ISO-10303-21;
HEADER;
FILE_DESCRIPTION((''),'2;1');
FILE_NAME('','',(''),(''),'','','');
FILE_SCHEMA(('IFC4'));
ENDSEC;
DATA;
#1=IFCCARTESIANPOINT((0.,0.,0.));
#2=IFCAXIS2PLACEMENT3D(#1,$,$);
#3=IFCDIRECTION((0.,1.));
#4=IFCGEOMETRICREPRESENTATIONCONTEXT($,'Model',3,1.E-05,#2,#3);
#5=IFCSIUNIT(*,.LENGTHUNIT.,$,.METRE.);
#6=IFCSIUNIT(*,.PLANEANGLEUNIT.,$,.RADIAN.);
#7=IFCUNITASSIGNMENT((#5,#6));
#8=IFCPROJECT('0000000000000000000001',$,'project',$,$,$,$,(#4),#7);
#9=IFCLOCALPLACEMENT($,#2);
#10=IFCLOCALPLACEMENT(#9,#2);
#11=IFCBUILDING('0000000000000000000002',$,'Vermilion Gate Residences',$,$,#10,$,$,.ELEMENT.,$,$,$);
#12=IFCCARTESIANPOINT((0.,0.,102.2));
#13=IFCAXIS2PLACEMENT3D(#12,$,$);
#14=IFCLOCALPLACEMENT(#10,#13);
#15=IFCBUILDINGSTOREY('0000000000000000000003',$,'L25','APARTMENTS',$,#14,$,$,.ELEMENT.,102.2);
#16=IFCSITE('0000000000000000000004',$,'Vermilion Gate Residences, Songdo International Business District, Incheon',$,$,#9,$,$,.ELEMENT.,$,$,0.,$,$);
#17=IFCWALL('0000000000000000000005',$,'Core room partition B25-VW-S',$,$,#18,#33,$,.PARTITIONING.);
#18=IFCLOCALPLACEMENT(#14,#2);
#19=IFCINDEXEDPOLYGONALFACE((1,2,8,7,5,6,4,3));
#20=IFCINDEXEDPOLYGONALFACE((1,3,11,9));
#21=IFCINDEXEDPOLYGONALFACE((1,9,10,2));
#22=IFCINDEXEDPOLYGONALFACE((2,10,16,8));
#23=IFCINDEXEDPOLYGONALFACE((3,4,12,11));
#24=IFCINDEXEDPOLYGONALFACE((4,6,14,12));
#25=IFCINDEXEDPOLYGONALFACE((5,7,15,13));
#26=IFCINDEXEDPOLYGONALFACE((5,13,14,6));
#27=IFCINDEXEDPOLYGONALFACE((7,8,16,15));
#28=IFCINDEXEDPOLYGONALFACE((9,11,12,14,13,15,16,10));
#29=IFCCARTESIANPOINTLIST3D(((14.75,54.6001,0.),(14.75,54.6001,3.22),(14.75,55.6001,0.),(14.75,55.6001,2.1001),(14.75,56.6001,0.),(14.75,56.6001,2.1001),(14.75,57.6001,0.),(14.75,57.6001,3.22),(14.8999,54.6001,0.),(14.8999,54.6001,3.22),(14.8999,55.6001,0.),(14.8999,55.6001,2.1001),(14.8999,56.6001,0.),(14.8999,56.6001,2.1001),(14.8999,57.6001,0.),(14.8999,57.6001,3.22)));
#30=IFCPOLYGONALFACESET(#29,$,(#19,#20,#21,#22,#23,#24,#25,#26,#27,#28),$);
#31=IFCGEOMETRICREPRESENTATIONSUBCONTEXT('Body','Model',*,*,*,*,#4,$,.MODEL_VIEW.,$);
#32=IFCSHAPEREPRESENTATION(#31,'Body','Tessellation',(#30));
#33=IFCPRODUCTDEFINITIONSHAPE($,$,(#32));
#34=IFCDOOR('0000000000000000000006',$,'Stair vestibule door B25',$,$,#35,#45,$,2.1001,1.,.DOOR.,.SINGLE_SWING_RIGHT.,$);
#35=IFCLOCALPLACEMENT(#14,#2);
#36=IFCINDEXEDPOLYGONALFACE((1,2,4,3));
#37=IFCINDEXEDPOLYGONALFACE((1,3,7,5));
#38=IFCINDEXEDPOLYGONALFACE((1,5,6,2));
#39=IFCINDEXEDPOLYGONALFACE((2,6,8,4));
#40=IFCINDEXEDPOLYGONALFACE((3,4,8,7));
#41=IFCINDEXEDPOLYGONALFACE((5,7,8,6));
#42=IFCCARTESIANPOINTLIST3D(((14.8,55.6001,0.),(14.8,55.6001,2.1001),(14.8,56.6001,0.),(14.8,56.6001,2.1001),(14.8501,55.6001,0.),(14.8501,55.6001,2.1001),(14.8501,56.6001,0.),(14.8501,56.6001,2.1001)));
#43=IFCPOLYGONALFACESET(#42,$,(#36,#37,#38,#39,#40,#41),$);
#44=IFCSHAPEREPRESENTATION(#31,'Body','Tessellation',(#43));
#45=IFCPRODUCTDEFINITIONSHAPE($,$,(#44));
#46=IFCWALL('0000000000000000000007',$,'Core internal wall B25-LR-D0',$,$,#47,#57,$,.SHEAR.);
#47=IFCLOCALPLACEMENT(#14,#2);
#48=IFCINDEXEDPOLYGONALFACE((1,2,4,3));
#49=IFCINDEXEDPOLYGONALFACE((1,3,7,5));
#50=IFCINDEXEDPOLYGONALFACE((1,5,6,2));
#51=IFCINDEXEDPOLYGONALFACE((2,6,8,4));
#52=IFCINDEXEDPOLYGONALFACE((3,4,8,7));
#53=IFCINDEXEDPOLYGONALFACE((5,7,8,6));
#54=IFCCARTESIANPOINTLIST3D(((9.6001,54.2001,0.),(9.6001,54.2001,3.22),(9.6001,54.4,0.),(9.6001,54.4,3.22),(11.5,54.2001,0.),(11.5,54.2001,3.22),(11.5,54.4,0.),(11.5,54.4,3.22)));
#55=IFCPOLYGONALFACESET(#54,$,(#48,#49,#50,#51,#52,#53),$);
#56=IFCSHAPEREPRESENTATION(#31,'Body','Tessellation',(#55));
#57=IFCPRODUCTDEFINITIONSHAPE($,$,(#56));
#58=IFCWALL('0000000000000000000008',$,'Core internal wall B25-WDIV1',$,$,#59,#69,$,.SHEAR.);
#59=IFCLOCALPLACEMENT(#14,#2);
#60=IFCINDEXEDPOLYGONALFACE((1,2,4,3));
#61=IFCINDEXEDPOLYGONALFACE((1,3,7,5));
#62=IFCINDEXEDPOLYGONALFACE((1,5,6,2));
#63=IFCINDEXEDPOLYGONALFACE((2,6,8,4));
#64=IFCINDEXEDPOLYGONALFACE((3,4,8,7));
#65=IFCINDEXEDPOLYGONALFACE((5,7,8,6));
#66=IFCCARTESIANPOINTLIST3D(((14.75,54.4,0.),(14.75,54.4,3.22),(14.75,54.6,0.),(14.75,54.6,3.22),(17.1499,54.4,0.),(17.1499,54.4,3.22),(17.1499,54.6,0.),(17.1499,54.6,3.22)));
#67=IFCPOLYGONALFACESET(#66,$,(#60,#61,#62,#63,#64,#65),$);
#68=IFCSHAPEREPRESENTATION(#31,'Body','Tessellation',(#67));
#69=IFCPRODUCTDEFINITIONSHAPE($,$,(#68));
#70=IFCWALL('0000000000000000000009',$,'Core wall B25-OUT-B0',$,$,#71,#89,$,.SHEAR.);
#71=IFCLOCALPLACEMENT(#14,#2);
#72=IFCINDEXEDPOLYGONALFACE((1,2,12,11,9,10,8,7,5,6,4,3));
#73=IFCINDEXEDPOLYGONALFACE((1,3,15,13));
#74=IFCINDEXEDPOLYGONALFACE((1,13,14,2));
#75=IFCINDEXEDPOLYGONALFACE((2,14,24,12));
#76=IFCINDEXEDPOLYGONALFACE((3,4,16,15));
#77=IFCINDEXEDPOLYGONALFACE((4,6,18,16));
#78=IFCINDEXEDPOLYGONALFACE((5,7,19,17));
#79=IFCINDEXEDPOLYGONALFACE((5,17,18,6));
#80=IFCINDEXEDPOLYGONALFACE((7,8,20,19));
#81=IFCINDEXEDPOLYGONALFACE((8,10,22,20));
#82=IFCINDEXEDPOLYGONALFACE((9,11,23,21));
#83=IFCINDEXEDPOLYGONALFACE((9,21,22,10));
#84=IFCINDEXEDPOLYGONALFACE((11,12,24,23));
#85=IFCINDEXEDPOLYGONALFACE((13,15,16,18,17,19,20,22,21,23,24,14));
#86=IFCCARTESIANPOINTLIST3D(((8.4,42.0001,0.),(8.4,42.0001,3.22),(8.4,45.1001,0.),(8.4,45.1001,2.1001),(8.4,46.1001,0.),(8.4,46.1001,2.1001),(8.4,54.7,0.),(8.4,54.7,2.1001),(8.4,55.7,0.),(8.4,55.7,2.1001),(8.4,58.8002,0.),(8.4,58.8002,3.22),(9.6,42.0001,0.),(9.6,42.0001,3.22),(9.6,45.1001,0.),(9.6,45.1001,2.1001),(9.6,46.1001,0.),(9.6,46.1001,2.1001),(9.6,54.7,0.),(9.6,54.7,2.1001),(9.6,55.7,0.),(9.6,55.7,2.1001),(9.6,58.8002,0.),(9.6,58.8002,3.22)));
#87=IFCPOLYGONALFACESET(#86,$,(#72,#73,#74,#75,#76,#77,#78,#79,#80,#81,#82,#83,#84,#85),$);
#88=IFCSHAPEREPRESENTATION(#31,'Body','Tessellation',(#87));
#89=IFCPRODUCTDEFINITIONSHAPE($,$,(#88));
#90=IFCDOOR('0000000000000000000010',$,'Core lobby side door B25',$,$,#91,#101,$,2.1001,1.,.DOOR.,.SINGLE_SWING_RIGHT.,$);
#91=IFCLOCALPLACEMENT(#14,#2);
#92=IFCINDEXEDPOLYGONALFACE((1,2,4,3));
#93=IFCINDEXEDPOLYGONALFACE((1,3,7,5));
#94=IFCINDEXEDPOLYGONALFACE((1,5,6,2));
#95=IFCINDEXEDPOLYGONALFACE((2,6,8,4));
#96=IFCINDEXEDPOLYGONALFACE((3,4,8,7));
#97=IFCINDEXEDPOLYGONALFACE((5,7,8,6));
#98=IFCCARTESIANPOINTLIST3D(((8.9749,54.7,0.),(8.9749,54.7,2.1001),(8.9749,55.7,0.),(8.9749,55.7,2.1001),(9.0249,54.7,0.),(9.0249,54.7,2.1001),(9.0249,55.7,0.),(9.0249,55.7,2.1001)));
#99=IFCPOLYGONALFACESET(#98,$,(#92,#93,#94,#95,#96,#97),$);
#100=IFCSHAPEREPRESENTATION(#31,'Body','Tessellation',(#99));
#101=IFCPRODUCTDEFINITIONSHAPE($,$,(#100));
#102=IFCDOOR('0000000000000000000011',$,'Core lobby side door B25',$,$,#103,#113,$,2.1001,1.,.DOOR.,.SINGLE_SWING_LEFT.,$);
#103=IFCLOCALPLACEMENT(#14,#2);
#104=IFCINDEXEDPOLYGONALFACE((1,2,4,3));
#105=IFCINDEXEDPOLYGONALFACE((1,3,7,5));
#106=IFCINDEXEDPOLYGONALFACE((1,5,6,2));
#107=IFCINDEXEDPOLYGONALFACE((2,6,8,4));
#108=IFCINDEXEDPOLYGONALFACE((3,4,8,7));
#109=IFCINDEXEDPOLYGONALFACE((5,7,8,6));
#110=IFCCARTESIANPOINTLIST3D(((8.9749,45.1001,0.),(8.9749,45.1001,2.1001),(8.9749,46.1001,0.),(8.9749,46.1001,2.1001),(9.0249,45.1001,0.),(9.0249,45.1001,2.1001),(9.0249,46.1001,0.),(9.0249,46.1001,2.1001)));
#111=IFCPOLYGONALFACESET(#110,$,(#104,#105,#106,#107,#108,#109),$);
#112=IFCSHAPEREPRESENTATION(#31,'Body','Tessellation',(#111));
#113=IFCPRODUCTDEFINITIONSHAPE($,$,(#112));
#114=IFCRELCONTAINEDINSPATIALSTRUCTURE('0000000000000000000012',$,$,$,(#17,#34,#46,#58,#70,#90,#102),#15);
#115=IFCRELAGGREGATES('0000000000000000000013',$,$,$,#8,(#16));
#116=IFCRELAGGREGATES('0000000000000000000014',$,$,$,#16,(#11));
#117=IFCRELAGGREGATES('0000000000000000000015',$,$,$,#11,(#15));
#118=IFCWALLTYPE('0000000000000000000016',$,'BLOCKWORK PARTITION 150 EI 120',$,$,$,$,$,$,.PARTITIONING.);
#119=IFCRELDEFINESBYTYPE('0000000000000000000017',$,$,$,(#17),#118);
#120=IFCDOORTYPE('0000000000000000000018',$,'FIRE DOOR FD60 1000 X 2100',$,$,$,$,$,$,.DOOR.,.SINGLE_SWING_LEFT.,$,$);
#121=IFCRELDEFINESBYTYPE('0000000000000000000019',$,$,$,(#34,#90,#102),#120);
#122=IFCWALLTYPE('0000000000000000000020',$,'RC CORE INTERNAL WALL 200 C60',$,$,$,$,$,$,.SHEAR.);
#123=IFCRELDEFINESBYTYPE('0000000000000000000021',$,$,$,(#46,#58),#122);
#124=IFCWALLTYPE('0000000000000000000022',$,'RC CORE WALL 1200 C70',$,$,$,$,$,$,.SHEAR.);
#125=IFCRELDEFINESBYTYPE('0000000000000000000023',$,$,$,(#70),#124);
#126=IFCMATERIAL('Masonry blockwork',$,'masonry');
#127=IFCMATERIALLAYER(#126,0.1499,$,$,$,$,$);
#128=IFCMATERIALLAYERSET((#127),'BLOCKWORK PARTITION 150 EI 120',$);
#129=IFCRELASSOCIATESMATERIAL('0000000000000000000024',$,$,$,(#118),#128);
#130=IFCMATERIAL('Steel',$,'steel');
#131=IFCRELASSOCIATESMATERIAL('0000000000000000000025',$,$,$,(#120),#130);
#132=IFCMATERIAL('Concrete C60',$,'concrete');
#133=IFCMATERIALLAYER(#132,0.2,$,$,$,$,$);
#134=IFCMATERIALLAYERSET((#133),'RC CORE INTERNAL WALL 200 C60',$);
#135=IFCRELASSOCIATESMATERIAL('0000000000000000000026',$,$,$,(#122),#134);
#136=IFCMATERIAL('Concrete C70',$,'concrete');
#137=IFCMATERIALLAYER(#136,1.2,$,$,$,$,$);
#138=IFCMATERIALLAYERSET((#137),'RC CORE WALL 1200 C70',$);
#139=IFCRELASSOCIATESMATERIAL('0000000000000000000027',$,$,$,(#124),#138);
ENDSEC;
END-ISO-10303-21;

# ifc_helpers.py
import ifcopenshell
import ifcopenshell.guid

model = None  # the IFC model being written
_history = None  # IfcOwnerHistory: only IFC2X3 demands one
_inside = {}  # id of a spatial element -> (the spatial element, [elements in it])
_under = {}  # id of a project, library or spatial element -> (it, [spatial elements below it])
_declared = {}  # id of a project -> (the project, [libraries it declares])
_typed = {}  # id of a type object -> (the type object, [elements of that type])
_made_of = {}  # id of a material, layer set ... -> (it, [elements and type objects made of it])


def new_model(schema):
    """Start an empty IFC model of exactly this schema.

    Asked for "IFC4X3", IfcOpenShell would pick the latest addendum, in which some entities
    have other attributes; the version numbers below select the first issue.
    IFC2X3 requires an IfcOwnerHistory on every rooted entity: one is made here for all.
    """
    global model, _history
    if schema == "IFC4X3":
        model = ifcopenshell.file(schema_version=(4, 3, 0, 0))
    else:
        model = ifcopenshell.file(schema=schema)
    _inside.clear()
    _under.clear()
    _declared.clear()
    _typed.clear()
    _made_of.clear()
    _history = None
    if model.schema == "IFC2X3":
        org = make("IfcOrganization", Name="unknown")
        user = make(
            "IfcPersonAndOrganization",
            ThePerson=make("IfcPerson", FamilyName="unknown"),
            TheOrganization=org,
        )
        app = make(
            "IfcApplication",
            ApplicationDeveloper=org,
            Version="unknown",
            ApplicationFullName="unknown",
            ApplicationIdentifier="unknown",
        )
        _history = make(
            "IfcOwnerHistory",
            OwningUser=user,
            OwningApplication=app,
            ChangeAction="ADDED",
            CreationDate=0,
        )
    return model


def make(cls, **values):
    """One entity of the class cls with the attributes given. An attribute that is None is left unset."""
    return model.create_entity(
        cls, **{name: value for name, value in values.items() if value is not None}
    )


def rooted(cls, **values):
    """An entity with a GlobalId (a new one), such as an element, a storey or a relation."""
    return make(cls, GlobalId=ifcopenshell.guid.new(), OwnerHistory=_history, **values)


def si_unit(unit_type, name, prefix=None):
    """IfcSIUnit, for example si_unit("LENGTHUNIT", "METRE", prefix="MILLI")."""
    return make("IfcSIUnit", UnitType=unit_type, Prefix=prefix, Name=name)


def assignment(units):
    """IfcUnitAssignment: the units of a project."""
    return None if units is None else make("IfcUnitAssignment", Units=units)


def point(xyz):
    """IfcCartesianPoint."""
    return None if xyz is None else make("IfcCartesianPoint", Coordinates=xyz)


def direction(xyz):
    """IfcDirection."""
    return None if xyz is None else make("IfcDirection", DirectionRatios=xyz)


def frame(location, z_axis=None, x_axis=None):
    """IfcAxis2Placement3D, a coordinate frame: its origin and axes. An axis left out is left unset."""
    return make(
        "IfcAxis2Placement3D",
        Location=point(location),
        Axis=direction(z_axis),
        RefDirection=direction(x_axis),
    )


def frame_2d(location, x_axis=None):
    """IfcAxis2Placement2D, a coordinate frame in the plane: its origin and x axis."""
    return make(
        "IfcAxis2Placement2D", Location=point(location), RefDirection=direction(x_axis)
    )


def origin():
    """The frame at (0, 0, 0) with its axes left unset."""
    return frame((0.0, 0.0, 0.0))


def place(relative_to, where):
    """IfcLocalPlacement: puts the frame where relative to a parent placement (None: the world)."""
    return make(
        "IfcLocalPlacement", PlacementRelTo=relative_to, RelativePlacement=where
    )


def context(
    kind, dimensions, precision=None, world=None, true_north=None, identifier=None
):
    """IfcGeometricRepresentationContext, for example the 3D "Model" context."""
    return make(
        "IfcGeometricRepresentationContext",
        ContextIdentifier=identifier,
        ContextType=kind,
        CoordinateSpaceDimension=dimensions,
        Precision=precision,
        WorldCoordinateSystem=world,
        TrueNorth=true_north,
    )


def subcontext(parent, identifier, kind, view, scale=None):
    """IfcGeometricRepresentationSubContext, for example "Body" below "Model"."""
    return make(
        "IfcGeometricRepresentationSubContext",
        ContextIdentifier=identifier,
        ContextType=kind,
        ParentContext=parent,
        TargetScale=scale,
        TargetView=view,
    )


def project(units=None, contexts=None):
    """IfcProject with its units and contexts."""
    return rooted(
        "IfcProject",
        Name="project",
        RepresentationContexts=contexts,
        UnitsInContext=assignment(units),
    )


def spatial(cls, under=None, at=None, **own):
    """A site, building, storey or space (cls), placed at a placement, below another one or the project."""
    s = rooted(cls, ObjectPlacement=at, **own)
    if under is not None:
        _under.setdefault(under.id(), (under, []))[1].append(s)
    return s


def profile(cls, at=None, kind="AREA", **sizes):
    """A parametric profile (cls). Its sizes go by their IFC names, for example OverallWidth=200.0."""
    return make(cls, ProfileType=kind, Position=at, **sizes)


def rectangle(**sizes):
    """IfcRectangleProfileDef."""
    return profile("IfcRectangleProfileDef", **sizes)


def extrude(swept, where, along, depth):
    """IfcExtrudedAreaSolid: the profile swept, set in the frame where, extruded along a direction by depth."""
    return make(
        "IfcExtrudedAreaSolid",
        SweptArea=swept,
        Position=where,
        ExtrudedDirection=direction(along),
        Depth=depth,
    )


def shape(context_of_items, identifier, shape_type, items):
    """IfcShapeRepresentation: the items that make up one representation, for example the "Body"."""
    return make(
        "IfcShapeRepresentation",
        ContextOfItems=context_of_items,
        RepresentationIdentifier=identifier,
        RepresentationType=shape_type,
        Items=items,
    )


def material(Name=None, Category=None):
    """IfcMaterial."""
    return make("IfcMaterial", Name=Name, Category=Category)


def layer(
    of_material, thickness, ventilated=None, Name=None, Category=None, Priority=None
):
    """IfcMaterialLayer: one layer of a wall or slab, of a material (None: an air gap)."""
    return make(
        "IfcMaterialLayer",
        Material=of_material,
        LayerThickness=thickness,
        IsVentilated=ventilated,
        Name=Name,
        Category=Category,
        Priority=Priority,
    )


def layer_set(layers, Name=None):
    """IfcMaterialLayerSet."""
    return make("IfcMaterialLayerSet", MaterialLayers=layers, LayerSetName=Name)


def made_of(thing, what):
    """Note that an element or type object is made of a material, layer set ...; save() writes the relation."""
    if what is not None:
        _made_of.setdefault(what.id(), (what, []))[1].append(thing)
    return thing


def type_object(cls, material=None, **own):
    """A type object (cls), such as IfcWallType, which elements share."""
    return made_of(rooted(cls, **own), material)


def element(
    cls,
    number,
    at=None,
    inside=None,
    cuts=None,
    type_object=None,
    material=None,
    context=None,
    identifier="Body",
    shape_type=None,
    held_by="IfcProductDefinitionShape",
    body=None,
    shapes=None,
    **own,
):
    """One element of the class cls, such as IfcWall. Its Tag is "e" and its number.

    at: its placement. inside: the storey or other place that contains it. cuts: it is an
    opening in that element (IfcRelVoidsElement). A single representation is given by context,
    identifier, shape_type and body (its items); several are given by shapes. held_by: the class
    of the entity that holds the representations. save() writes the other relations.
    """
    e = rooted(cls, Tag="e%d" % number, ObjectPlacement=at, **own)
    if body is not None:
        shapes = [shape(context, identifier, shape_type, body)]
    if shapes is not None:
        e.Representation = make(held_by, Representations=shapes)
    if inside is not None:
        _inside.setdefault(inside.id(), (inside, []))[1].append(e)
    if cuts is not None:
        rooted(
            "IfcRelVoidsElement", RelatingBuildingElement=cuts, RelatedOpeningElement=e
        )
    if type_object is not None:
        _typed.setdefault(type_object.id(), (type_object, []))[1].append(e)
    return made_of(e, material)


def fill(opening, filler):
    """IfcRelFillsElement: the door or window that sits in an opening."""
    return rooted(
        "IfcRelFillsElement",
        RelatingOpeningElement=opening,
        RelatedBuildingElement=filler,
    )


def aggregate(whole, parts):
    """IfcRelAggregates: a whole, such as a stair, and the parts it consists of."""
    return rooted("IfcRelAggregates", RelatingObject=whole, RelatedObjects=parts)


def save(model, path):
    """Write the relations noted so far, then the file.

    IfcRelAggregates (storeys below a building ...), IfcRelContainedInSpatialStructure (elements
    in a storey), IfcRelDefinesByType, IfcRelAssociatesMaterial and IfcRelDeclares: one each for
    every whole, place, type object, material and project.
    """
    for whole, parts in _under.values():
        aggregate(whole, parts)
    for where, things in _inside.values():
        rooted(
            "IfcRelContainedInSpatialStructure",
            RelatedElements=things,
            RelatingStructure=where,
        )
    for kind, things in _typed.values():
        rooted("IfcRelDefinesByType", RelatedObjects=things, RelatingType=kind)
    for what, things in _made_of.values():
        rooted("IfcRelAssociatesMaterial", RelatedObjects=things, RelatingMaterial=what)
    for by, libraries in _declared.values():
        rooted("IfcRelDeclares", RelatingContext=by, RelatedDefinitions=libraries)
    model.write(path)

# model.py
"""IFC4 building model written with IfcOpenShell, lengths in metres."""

from ifc_helpers import new_model, si_unit, direction, frame, frame_2d, origin, place, context, subcontext, project, spatial, rectangle, extrude, material, layer, layer_set, type_object, element, fill, save


model = new_model("IFC4")

# Units and contexts
model_context = context("Model", 3, precision=1e-05, world=origin(), true_north=direction((0.0, 1.0)))
body_context = subcontext(model_context, "Body", "Model", "MODEL_VIEW")
ifc_project = project(units=[si_unit("LENGTHUNIT", "METRE"), si_unit("PLANEANGLEUNIT", "RADIAN")], contexts=[model_context])

# Site, building, storey
site_placement = place(None, origin())
site = spatial("IfcSite", under=ifc_project, at=site_placement, Name="Vermilion Gate Residences, Songdo International Business District, Incheon", CompositionType="ELEMENT", RefElevation=0.0)
building_placement = place(site_placement, origin())
building = spatial("IfcBuilding", under=site, at=building_placement, Name="Vermilion Gate Residences", CompositionType="ELEMENT")
storey_placement = place(building_placement, frame((0.0, 0.0, 102.2)))
storey = spatial("IfcBuildingStorey", under=building, at=storey_placement, Name="L25", Description="APARTMENTS", CompositionType="ELEMENT", Elevation=102.2)

# Wall, opening, door
ifc_material_1 = material(Name="Masonry blockwork", Category="masonry")
ifc_layer_1 = layer(ifc_material_1, 0.1499)
ifc_layer_set_1 = layer_set([ifc_layer_1], Name="BLOCKWORK PARTITION 150 EI 120")
wall_type_1 = type_object("IfcWallType", Name="BLOCKWORK PARTITION 150 EI 120", PredefinedType="PARTITIONING", material=ifc_layer_set_1)
wall_1_placement = place(storey_placement, frame((14.825, 57.6001, 0.0), z_axis=(0.0, 0.0, 1.0), x_axis=(0.0, -1.0, 0.0)))
wall_1 = element("IfcWall", 1, at=wall_1_placement, inside=storey, type_object=wall_type_1, Name="Core room partition B25-VW-S", PredefinedType="PARTITIONING", context=body_context, shape_type="SweptSolid", body=[
    extrude(rectangle(XDim=3.0, YDim=0.1499, at=frame_2d((1.5, 0.0))), origin(), (0.0, 0.0, 1.0), 3.22),
])
opening_1_placement = place(wall_1_placement, frame((1.0, 0.0, 0.0)))
opening_1 = element("IfcOpeningElement", 2, at=opening_1_placement, cuts=wall_1, PredefinedType="OPENING", context=body_context, shape_type="SweptSolid", body=[
    extrude(rectangle(XDim=1.0, YDim=2.1001, at=frame_2d((0.5, 1.05))), frame((0.0, 0.085, 0.0), z_axis=(0.0, -1.0, 0.0), x_axis=(1.0, 0.0, 0.0)), (0.0, 0.0, 1.0), 0.1699),
])
ifc_material_2 = material(Name="Steel", Category="steel")
door_type_1 = type_object("IfcDoorType", Name="FIRE DOOR FD60 1000 X 2100", OperationType="SINGLE_SWING_LEFT", PredefinedType="DOOR", material=ifc_material_2)
door_1_placement = place(opening_1_placement, frame((1.0, 0.0, 0.0), z_axis=(0.0, 0.0, 1.0), x_axis=(-1.0, 0.0, 0.0)))
door_1 = element("IfcDoor", 3, at=door_1_placement, inside=storey, type_object=door_type_1, Name="Stair vestibule door B25", OperationType="SINGLE_SWING_RIGHT", OverallHeight=2.1001, OverallWidth=1.0, PredefinedType="DOOR", context=body_context, shape_type="SweptSolid", body=[
    extrude(rectangle(XDim=1.0, YDim=2.1001, at=frame_2d((0.5, 1.05))), frame((0.0, 0.0249, 0.0), z_axis=(0.0, -1.0, 0.0), x_axis=(1.0, 0.0, 0.0)), (0.0, 0.0, 1.0), 0.05),
])
fill(opening_1, door_1)

# Walls
ifc_material_3 = material(Name="Concrete C60", Category="concrete")
ifc_layer_2 = layer(ifc_material_3, 0.2)
ifc_layer_set_2 = layer_set([ifc_layer_2], Name="RC CORE INTERNAL WALL 200 C60")
wall_type_2 = type_object("IfcWallType", Name="RC CORE INTERNAL WALL 200 C60", PredefinedType="SHEAR", material=ifc_layer_set_2)
wall_2_placement = place(storey_placement, frame((9.6001, 54.3, 0.0), z_axis=(0.0, 0.0, 1.0), x_axis=(1.0, 0.0, 0.0)))
element("IfcWall", 4, at=wall_2_placement, inside=storey, type_object=wall_type_2, Name="Core internal wall B25-LR-D0", PredefinedType="SHEAR", context=body_context, shape_type="SweptSolid", body=[
    extrude(rectangle(XDim=1.8999, YDim=0.2, at=frame_2d((0.95, 0.0))), origin(), (0.0, 0.0, 1.0), 3.22),
])
wall_3_placement = place(storey_placement, frame((14.75, 54.5, 0.0), z_axis=(0.0, 0.0, 1.0), x_axis=(1.0, 0.0, 0.0)))
element("IfcWall", 5, at=wall_3_placement, inside=storey, type_object=wall_type_2, Name="Core internal wall B25-WDIV1", PredefinedType="SHEAR", context=body_context, shape_type="SweptSolid", body=[
    extrude(rectangle(XDim=2.3999, YDim=0.2, at=frame_2d((1.2, 0.0))), origin(), (0.0, 0.0, 1.0), 3.22),
])

# Wall, openings, doors
ifc_material_4 = material(Name="Concrete C70", Category="concrete")
ifc_layer_3 = layer(ifc_material_4, 1.2)
ifc_layer_set_3 = layer_set([ifc_layer_3], Name="RC CORE WALL 1200 C70")
wall_type_3 = type_object("IfcWallType", Name="RC CORE WALL 1200 C70", PredefinedType="SHEAR", material=ifc_layer_set_3)
wall_4_placement = place(storey_placement, frame((9.0, 58.8, 0.0), z_axis=(0.0, 0.0, 1.0), x_axis=(0.0, -1.0, 0.0)))
wall_4 = element("IfcWall", 6, at=wall_4_placement, inside=storey, type_object=wall_type_3, Name="Core wall B25-OUT-B0", PredefinedType="SHEAR", context=body_context, shape_type="SweptSolid", body=[
    extrude(rectangle(XDim=16.8, YDim=1.2, at=frame_2d((8.3999, 0.0))), origin(), (0.0, 0.0, 1.0), 3.22),
])
opening_2_placement = place(wall_4_placement, frame((3.1001, 0.0, 0.0)))
opening_2 = element("IfcOpeningElement", 7, at=opening_2_placement, cuts=wall_4, PredefinedType="OPENING", context=body_context, shape_type="SweptSolid", body=[
    extrude(rectangle(XDim=1.0, YDim=2.1001, at=frame_2d((0.5, 1.05))), frame((0.0, 0.6099, 0.0), z_axis=(0.0, -1.0, 0.0), x_axis=(1.0, 0.0, 0.0)), (0.0, 0.0, 1.0), 1.22),
])
opening_3_placement = place(wall_4_placement, frame((12.7, 0.0, 0.0)))
opening_3 = element("IfcOpeningElement", 8, at=opening_3_placement, cuts=wall_4, PredefinedType="OPENING", context=body_context, shape_type="SweptSolid", body=[
    extrude(rectangle(XDim=1.0, YDim=2.1001, at=frame_2d((0.5, 1.05))), frame((0.0, 0.6099, 0.0), z_axis=(0.0, -1.0, 0.0), x_axis=(1.0, 0.0, 0.0)), (0.0, 0.0, 1.0), 1.22),
])
door_2_placement = place(opening_2_placement, origin())
door_2 = element("IfcDoor", 9, at=door_2_placement, inside=storey, type_object=door_type_1, Name="Core lobby side door B25", OperationType="SINGLE_SWING_RIGHT", OverallHeight=2.1001, OverallWidth=1.0, PredefinedType="DOOR", context=body_context, shape_type="SweptSolid", body=[
    extrude(rectangle(XDim=1.0, YDim=2.1001, at=frame_2d((0.5, 1.05))), frame((0.0, 0.0249, 0.0), z_axis=(0.0, -1.0, 0.0), x_axis=(1.0, 0.0, 0.0)), (0.0, 0.0, 1.0), 0.05),
])
fill(opening_2, door_2)
door_3_placement = place(opening_3_placement, origin())
door_3 = element("IfcDoor", 10, at=door_3_placement, inside=storey, type_object=door_type_1, Name="Core lobby side door B25", OperationType="SINGLE_SWING_LEFT", OverallHeight=2.1001, OverallWidth=1.0, PredefinedType="DOOR", context=body_context, shape_type="SweptSolid", body=[
    extrude(rectangle(XDim=1.0, YDim=2.1001, at=frame_2d((0.5, 1.05))), frame((0.0, 0.0249, 0.0), z_axis=(0.0, -1.0, 0.0), x_axis=(1.0, 0.0, 0.0)), (0.0, 0.0, 1.0), 0.05),
])
fill(opening_3, door_3)

save(model, "model.ifc")
